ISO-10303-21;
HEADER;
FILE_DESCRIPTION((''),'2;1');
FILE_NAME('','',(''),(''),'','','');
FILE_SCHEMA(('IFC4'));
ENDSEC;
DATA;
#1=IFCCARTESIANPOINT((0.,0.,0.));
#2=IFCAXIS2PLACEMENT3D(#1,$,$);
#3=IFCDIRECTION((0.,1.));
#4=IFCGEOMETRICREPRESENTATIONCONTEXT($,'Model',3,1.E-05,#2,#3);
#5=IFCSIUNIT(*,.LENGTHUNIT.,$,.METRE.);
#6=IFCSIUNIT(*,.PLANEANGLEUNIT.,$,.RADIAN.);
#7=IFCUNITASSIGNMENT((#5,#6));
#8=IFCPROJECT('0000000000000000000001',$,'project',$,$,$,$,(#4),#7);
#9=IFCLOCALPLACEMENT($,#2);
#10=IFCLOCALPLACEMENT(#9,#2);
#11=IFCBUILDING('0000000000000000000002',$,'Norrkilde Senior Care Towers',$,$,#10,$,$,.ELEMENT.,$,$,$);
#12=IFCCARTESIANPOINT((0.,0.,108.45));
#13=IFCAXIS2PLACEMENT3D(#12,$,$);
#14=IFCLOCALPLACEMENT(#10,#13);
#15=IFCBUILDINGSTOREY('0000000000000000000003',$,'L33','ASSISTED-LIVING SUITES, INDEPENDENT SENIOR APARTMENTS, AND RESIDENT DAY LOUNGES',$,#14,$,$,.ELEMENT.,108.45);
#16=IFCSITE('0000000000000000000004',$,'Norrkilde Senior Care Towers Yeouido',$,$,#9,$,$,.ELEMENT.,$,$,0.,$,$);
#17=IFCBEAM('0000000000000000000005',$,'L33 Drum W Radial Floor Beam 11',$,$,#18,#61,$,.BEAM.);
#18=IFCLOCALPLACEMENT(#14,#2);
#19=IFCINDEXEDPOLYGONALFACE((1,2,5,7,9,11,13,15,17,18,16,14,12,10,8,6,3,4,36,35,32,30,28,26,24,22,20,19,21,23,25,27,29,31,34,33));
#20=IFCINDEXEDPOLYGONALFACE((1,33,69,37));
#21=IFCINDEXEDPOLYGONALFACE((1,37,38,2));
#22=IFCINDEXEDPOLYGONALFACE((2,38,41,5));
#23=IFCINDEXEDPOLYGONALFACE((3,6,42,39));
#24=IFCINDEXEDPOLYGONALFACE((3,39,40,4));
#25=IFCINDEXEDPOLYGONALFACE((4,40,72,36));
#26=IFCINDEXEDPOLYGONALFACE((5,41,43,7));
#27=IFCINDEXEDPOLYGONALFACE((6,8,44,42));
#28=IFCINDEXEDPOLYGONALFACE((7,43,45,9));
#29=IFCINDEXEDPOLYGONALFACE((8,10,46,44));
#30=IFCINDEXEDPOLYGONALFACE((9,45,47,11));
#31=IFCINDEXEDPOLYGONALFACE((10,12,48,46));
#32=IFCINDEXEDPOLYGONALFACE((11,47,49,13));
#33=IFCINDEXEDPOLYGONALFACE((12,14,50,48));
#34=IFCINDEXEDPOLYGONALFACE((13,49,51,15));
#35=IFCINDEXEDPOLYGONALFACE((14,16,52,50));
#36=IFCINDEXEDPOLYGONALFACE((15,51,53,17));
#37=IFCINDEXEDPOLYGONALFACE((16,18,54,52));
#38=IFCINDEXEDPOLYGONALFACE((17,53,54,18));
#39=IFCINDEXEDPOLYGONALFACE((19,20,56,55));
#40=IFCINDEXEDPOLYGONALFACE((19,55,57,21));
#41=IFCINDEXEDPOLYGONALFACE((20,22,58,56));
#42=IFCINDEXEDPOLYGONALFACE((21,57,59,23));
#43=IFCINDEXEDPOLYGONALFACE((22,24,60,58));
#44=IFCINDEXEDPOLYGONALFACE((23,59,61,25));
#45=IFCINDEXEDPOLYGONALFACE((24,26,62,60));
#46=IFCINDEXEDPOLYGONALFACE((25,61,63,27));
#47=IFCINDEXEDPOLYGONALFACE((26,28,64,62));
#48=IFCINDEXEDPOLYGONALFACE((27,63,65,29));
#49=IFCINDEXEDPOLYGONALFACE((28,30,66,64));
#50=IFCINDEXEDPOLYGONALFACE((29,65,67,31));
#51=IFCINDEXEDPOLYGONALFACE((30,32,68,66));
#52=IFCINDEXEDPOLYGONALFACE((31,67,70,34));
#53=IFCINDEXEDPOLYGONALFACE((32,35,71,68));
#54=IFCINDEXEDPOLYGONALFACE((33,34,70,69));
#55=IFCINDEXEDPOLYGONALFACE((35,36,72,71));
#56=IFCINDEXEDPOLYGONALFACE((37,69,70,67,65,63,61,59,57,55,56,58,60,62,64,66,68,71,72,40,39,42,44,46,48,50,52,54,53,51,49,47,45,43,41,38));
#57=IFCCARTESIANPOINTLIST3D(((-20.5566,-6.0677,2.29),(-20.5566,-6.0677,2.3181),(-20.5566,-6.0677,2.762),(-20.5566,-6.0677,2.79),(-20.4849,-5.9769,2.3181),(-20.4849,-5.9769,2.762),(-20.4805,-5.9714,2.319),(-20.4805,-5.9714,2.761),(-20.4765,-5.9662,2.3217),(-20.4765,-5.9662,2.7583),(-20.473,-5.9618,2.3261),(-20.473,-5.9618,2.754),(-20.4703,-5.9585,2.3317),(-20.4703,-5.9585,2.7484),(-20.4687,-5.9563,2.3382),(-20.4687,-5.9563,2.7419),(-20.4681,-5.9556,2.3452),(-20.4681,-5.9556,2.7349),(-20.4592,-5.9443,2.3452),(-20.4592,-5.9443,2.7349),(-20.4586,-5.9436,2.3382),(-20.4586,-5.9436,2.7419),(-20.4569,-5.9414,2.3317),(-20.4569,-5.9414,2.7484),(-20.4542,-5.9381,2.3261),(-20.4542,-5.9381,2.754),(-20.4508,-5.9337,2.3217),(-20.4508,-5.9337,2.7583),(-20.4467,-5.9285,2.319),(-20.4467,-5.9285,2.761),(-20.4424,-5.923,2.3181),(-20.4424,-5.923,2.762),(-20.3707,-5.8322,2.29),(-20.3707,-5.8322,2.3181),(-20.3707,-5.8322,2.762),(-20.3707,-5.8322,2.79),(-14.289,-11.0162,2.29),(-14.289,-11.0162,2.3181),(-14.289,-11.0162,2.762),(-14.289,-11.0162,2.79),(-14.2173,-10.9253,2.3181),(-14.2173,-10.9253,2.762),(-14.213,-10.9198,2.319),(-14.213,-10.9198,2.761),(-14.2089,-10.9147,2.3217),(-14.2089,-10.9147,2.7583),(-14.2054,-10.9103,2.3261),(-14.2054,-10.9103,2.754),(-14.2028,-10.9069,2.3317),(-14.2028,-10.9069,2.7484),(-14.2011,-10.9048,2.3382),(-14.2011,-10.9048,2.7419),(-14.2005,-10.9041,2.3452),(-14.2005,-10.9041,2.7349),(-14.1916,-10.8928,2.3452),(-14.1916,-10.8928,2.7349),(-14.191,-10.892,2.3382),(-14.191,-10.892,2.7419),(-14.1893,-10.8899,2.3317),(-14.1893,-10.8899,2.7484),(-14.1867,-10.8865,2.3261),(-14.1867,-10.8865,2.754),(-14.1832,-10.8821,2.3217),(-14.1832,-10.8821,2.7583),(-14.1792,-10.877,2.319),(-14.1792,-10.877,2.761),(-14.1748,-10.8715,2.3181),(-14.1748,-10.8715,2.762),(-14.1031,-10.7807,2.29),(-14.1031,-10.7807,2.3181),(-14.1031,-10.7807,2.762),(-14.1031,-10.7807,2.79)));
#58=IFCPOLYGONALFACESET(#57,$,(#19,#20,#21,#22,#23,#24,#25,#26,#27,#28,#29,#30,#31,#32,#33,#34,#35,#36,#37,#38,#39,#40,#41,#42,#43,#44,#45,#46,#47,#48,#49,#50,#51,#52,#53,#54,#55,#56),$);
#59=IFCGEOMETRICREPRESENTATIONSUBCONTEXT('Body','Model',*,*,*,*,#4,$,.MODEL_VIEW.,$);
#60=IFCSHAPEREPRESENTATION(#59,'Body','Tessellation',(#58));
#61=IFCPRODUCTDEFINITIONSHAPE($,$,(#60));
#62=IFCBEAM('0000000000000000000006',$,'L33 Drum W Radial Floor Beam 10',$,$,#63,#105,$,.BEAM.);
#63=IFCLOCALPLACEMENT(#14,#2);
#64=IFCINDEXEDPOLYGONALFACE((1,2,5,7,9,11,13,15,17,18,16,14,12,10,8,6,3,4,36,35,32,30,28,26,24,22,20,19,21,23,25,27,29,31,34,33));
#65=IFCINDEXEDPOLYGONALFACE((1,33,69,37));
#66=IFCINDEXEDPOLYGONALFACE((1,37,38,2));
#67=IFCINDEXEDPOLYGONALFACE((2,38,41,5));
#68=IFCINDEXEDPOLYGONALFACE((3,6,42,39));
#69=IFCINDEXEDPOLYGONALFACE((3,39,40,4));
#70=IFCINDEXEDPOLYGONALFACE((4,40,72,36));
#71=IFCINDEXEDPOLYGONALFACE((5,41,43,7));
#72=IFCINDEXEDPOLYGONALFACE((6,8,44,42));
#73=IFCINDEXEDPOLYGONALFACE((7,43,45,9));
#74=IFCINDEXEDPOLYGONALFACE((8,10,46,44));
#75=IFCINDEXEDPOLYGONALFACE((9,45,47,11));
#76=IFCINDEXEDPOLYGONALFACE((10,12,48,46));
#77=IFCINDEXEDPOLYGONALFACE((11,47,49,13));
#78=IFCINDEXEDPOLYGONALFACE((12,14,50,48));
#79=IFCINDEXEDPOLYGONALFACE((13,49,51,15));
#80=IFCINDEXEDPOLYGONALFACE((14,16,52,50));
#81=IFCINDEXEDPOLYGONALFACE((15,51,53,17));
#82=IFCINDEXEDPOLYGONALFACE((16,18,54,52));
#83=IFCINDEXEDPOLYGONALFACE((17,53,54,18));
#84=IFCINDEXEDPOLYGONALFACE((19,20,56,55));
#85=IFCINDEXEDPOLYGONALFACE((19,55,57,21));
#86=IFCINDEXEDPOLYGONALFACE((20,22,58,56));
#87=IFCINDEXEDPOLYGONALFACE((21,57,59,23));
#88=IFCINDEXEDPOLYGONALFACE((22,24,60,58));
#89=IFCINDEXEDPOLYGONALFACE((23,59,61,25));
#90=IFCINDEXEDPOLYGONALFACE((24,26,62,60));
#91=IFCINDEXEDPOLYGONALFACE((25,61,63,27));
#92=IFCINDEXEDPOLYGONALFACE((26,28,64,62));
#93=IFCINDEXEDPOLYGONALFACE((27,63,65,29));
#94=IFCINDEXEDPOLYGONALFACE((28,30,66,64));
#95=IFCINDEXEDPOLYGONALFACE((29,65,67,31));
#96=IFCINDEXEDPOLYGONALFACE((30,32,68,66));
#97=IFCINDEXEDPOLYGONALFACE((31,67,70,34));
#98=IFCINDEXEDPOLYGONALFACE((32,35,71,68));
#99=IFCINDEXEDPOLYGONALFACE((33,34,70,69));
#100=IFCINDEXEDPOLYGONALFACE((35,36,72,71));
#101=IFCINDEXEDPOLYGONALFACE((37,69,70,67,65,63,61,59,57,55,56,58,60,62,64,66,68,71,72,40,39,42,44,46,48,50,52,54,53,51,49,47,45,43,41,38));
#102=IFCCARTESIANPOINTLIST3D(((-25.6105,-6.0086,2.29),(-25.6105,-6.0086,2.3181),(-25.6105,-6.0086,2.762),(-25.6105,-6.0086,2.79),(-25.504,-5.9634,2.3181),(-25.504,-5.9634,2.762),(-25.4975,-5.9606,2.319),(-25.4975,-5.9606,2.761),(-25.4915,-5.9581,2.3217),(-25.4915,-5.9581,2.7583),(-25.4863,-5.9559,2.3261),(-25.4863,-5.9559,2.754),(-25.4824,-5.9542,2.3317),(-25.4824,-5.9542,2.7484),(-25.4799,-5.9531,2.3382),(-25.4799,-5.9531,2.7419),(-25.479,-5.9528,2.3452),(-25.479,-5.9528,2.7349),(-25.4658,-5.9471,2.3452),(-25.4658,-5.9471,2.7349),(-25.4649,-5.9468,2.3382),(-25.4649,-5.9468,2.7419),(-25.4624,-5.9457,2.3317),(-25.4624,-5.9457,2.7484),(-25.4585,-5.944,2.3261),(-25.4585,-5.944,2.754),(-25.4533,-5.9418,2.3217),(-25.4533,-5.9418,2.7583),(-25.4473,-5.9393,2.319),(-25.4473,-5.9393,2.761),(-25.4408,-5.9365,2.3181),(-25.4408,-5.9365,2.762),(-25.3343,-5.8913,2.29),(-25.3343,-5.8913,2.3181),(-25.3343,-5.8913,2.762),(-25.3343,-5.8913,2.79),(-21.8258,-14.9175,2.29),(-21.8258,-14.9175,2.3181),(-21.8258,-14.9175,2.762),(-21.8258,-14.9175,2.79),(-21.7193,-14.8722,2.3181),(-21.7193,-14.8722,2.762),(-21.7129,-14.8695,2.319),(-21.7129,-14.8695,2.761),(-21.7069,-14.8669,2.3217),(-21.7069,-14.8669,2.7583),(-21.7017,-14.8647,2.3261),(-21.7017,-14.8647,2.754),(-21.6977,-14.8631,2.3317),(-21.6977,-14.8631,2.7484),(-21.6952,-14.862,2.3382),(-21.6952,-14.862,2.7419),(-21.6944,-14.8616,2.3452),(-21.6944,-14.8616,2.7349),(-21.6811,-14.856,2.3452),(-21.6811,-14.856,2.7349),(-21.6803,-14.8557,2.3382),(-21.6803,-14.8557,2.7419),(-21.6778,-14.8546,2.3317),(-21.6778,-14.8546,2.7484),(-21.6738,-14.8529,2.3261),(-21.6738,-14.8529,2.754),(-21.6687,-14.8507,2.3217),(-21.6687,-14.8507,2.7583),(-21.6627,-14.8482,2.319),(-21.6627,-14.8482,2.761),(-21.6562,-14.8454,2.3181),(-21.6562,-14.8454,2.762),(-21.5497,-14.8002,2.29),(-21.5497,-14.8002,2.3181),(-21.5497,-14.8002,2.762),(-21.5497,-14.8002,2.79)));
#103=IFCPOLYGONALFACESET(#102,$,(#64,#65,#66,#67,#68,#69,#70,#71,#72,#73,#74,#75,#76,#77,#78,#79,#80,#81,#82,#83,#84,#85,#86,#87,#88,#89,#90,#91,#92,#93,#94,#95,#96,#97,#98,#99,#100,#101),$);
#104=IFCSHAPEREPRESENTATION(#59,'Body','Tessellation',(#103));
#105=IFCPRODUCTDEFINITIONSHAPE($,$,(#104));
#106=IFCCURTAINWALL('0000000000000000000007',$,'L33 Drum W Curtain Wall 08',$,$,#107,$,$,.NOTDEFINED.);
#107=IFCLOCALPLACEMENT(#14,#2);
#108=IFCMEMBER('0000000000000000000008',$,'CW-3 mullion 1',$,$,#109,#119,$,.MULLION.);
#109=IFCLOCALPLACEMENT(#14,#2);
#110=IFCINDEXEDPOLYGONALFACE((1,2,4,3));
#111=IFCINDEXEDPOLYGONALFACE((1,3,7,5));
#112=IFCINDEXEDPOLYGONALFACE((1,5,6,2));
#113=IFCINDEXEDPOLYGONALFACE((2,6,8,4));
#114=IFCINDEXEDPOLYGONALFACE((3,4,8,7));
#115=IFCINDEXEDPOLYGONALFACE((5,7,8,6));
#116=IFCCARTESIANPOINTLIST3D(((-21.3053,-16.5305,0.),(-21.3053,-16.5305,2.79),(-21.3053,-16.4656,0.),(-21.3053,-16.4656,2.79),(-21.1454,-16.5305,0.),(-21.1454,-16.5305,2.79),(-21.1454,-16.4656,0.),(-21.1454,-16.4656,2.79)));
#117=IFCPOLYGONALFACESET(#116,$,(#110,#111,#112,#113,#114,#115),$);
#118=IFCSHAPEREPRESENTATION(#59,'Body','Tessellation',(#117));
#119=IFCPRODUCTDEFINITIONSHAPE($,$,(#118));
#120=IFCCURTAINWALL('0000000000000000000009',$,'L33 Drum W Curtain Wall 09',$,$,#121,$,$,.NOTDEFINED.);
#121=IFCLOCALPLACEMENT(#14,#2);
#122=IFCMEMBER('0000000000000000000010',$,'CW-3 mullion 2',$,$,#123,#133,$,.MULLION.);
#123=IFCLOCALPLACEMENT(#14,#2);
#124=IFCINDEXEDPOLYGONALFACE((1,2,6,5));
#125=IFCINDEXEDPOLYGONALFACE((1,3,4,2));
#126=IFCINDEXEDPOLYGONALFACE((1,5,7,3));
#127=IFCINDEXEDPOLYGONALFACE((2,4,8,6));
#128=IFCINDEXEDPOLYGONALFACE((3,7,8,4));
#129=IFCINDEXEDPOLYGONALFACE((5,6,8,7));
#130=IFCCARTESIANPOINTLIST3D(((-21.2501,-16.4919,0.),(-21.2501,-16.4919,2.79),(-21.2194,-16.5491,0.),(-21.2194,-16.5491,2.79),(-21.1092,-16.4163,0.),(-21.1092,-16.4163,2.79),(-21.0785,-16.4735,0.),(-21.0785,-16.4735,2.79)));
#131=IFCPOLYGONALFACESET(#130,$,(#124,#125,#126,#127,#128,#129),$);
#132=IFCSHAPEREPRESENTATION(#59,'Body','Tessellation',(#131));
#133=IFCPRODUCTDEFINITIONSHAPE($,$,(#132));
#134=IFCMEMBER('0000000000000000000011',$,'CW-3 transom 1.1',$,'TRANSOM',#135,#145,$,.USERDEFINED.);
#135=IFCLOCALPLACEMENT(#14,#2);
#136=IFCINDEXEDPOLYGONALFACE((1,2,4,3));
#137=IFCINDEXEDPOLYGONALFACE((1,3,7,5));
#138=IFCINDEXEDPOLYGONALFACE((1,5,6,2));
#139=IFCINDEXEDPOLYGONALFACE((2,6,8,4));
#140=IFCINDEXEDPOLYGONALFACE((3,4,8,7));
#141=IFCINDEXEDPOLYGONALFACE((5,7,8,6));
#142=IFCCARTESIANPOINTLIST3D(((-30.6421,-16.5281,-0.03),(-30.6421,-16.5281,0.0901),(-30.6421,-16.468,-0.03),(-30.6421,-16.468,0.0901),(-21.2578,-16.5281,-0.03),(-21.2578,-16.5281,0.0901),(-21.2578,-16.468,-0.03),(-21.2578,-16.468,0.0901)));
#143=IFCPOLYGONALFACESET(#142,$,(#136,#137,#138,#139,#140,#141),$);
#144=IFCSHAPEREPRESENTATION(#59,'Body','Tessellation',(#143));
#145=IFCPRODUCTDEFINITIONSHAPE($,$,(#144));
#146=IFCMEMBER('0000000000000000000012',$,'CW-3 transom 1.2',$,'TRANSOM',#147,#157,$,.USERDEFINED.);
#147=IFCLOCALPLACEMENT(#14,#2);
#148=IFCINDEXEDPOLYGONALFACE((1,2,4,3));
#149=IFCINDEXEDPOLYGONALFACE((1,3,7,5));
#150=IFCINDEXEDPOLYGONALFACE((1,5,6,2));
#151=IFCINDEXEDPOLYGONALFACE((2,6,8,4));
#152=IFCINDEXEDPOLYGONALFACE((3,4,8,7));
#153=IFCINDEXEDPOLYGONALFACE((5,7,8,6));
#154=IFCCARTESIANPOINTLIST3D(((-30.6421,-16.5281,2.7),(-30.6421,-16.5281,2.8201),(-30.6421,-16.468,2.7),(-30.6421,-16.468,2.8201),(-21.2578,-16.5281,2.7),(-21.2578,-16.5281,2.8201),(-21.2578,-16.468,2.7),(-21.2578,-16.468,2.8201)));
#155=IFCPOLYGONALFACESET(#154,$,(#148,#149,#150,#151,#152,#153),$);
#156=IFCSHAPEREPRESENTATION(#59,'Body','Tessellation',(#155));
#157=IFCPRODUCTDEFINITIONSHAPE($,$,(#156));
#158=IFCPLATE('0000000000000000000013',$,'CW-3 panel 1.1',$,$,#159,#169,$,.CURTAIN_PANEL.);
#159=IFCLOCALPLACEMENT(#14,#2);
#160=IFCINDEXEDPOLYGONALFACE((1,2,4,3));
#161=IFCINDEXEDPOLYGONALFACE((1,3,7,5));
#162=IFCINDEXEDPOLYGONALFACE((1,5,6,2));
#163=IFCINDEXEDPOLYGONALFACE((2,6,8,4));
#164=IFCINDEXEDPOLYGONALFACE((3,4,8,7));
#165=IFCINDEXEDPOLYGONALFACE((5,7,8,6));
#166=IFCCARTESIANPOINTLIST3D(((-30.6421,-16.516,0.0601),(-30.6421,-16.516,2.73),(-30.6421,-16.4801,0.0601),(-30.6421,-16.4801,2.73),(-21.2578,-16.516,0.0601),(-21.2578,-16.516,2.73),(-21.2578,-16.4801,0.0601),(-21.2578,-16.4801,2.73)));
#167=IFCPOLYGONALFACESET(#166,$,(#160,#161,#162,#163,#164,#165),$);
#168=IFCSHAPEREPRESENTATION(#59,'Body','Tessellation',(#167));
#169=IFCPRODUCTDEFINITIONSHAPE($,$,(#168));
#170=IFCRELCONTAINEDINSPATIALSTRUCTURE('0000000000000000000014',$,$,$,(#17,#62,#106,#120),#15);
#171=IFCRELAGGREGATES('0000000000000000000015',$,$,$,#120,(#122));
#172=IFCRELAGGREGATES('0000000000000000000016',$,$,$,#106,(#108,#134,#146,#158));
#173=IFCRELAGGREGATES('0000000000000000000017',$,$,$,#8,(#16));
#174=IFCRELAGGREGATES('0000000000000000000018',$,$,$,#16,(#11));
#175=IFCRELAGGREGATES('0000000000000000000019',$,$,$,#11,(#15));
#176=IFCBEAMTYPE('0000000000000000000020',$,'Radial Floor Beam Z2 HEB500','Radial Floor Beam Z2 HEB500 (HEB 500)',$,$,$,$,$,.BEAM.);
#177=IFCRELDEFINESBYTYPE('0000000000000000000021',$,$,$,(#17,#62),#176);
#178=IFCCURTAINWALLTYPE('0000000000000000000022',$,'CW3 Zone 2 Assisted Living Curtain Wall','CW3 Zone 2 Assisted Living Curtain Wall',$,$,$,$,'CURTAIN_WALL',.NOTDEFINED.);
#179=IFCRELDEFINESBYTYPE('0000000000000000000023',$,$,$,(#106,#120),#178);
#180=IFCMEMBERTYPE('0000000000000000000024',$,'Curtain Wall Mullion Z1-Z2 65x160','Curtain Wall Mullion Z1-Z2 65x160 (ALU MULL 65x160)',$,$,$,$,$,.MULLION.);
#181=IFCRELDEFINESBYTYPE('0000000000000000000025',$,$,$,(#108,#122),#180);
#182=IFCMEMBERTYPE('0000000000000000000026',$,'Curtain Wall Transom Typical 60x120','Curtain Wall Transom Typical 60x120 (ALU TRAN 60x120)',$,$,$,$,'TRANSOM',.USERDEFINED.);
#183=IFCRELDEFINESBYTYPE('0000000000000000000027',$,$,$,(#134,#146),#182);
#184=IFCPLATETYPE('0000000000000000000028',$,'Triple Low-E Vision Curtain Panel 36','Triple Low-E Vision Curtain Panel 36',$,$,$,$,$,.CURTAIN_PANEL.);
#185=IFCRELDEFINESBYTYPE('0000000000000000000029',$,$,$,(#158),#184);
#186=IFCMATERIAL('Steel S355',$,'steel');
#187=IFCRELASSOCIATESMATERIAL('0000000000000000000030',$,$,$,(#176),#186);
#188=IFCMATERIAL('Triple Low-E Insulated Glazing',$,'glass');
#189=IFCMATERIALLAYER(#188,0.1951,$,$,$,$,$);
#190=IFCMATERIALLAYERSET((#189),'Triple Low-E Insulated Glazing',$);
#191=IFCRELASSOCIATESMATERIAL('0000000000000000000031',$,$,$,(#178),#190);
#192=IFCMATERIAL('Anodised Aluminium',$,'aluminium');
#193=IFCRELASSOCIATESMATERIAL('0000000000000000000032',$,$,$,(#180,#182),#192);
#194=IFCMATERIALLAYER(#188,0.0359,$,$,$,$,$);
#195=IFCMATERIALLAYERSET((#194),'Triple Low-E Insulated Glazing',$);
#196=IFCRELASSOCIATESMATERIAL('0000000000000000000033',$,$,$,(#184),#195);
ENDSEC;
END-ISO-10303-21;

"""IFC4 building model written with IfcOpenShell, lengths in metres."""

from ifc_helpers import new_model, si_unit, direction, frame, origin, origin_2d, place, context, subcontext, project, spatial, rectangle, i_section, extrude, source, transform, mapped, material, layer, layer_set, material_profile, profile_set, type_object, type_shapes, element, aggregate, save


model = new_model("IFC4")

# Units and contexts
model_context = context("Model", 3, precision=1e-05, world=origin(), true_north=direction((0.0, 1.0)))
body_context = subcontext(model_context, "Body", "Model", "MODEL_VIEW")
ifc_project = project(units=[si_unit("LENGTHUNIT", "METRE"), si_unit("PLANEANGLEUNIT", "RADIAN")], contexts=[model_context])

# Site, building, storey
site_placement = place(None, origin())
site = spatial("IfcSite", under=ifc_project, at=site_placement, Name="Norrkilde Senior Care Towers Yeouido", CompositionType="ELEMENT", RefElevation=0.0)
building_placement = place(site_placement, origin())
building = spatial("IfcBuilding", under=site, at=building_placement, Name="Norrkilde Senior Care Towers", CompositionType="ELEMENT")
storey_placement = place(building_placement, frame((0.0, 0.0, 108.45)))
storey = spatial("IfcBuildingStorey", under=building, at=storey_placement, Name="L33", Description="ASSISTED-LIVING SUITES, INDEPENDENT SENIOR APARTMENTS, AND RESIDENT DAY LOUNGES", CompositionType="ELEMENT", Elevation=108.45)

# Beams
ifc_material_1 = material(Name="Steel S355", Category="steel")
ifc_material_profile_1 = material_profile(ifc_material_1, i_section(OverallWidth=0.3, OverallDepth=0.5, WebThickness=0.0144, FlangeThickness=0.0281, FilletRadius=0.0271, at=origin_2d()), Name="HEB 500")
ifc_profile_set_1 = profile_set([ifc_material_profile_1], Name="Steel S355")
beam_type_1 = type_object("IfcBeamType", Name="Radial Floor Beam Z2 HEB500", Description="Radial Floor Beam Z2 HEB500 (HEB 500)", PredefinedType="BEAM", material=ifc_profile_set_1)
shared_shape_1 = source(origin(), body_context, "Body", "SweptSolid", [
    extrude(i_section(OverallWidth=0.3, OverallDepth=0.5, WebThickness=0.0144, FlangeThickness=0.0281, FilletRadius=0.0271, at=origin_2d()), origin(), (0.0, 0.0, 1.0), 7.9856),
])
beam_1_placement = place(storey_placement, frame((-20.4636, -5.95, 2.54), z_axis=(0.784859, -0.619675, 0.0), x_axis=(0.619675, 0.784859, 0.0)))
element("IfcBeam", 1, at=beam_1_placement, inside=storey, type_object=beam_type_1, Name="L33 Drum W Radial Floor Beam 11", PredefinedType="BEAM", context=body_context, shape_type="MappedRepresentation", body=[
    mapped(shared_shape_1, transform((0.0, 0.0, 0.0), x_axis=(1.0, 0.0, 0.0), y_axis=(0.0, 1.0, 0.0), z_axis=(0.0, 0.0, 1.0), scale=1.0)),
])
shared_shape_2 = source(origin(), body_context, "Body", "SweptSolid", [
    extrude(i_section(OverallWidth=0.3, OverallDepth=0.5, WebThickness=0.0144, FlangeThickness=0.0281, FilletRadius=0.0271, at=origin_2d()), origin(), (0.0, 0.0, 1.0), 9.6794),
])
beam_2_placement = place(storey_placement, frame((-25.4724, -5.95, 2.54), z_axis=(0.390998, -0.920392, 0.0), x_axis=(0.920392, 0.390998, 0.0)))
element("IfcBeam", 2, at=beam_2_placement, inside=storey, type_object=beam_type_1, Name="L33 Drum W Radial Floor Beam 10", PredefinedType="BEAM", context=body_context, shape_type="MappedRepresentation", body=[
    mapped(shared_shape_2, transform((0.0, 0.0, 0.0), x_axis=(1.0, 0.0, 0.0), y_axis=(0.0, 1.0, 0.0), z_axis=(0.0, 0.0, 1.0), scale=1.0)),
])

# Curtain walls, members
ifc_material_2 = material(Name="Triple Low-E Insulated Glazing", Category="glass")
ifc_layer_1 = layer(ifc_material_2, 0.1951)
ifc_layer_set_1 = layer_set([ifc_layer_1], Name="Triple Low-E Insulated Glazing")
curtain_wall_type = type_object("IfcCurtainWallType", Name="CW3 Zone 2 Assisted Living Curtain Wall", Description="CW3 Zone 2 Assisted Living Curtain Wall", ElementType="CURTAIN_WALL", PredefinedType="NOTDEFINED", material=ifc_layer_set_1)
curtain_wall_1_placement = place(storey_placement, origin())
curtain_wall_1 = element("IfcCurtainWall", 3, at=curtain_wall_1_placement, inside=storey, type_object=curtain_wall_type, Name="L33 Drum W Curtain Wall 08", PredefinedType="NOTDEFINED")
ifc_material_3 = material(Name="Anodised Aluminium", Category="aluminium")
ifc_material_profile_2 = material_profile(ifc_material_3, rectangle(XDim=0.0649, YDim=0.1599, at=origin_2d()), Name="ALU MULL 65x160")
ifc_profile_set_2 = profile_set([ifc_material_profile_2], Name="Anodised Aluminium")
member_type_1 = type_object("IfcMemberType", Name="Curtain Wall Mullion Z1-Z2 65x160", Description="Curtain Wall Mullion Z1-Z2 65x160 (ALU MULL 65x160)", PredefinedType="MULLION", material=ifc_profile_set_2)
shared_shape_3 = source(origin(), body_context, "Body", "SweptSolid", [
    extrude(rectangle(XDim=0.0649, YDim=0.1599, at=origin_2d()), origin(), (0.0, 0.0, 1.0), 2.79),
])
type_shapes(member_type_1, [shared_shape_3])
member_1_placement = place(storey_placement, frame((-21.2253, -16.498, 0.0), z_axis=(0.0, 0.0, 1.0), x_axis=(0.0, -1.0, 0.0)))
member_1 = element("IfcMember", 4, at=member_1_placement, type_object=member_type_1, Name="CW-3 mullion 1", PredefinedType="MULLION", context=body_context, shape_type="MappedRepresentation", body=[
    mapped(shared_shape_3, transform((0.0, 0.0, 0.0), x_axis=(1.0, 0.0, 0.0), y_axis=(0.0, 1.0, 0.0), z_axis=(0.0, 0.0, 1.0), scale=1.0)),
])
curtain_wall_2_placement = place(storey_placement, origin())
curtain_wall_2 = element("IfcCurtainWall", 5, at=curtain_wall_2_placement, inside=storey, type_object=curtain_wall_type, Name="L33 Drum W Curtain Wall 09", PredefinedType="NOTDEFINED")
member_2_placement = place(storey_placement, frame((-21.1643, -16.4827, 0.0), z_axis=(0.0, 0.0, 1.0), x_axis=(0.472769, -0.881186, 0.0)))
member_2 = element("IfcMember", 6, at=member_2_placement, type_object=member_type_1, Name="CW-3 mullion 2", PredefinedType="MULLION", context=body_context, shape_type="MappedRepresentation", body=[
    mapped(shared_shape_3, transform((0.0, 0.0, 0.0), x_axis=(1.0, 0.0, 0.0), y_axis=(0.0, 1.0, 0.0), z_axis=(0.0, 0.0, 1.0), scale=1.0)),
])
aggregate(curtain_wall_2, [member_2])

# Members
ifc_material_profile_3 = material_profile(ifc_material_3, rectangle(XDim=0.0601, YDim=0.1201, at=origin_2d()), Name="ALU TRAN 60x120")
ifc_profile_set_3 = profile_set([ifc_material_profile_3], Name="Anodised Aluminium")
member_type_2 = type_object("IfcMemberType", Name="Curtain Wall Transom Typical 60x120", Description="Curtain Wall Transom Typical 60x120 (ALU TRAN 60x120)", ElementType="TRANSOM", PredefinedType="USERDEFINED", material=ifc_profile_set_3)
shared_shape_4 = source(origin(), body_context, "Body", "SweptSolid", [
    extrude(rectangle(XDim=0.0601, YDim=0.1201, at=origin_2d()), origin(), (0.0, 0.0, 1.0), 9.3843),
])
type_shapes(member_type_2, [shared_shape_4])
member_3_placement = place(storey_placement, frame((-21.2578, -16.498, 0.03), z_axis=(-1.0, 0.0, 0.0), x_axis=(0.0, -1.0, 0.0)))
member_3 = element("IfcMember", 7, at=member_3_placement, type_object=member_type_2, Name="CW-3 transom 1.1", ObjectType="TRANSOM", PredefinedType="USERDEFINED", context=body_context, shape_type="MappedRepresentation", body=[
    mapped(shared_shape_4, transform((0.0, 0.0, 0.0), x_axis=(1.0, 0.0, 0.0), y_axis=(0.0, 1.0, 0.0), z_axis=(0.0, 0.0, 1.0), scale=1.0)),
])
member_4_placement = place(storey_placement, frame((-21.2578, -16.498, 2.76), z_axis=(-1.0, 0.0, 0.0), x_axis=(0.0, -1.0, 0.0)))
member_4 = element("IfcMember", 8, at=member_4_placement, type_object=member_type_2, Name="CW-3 transom 1.2", ObjectType="TRANSOM", PredefinedType="USERDEFINED", context=body_context, shape_type="MappedRepresentation", body=[
    mapped(shared_shape_4, transform((0.0, 0.0, 0.0), x_axis=(1.0, 0.0, 0.0), y_axis=(0.0, 1.0, 0.0), z_axis=(0.0, 0.0, 1.0), scale=1.0)),
])

# Plate
ifc_layer_2 = layer(ifc_material_2, 0.0359)
ifc_layer_set_2 = layer_set([ifc_layer_2], Name="Triple Low-E Insulated Glazing")
plate_type = type_object("IfcPlateType", Name="Triple Low-E Vision Curtain Panel 36", Description="Triple Low-E Vision Curtain Panel 36", PredefinedType="CURTAIN_PANEL", material=ifc_layer_set_2)
shared_shape_5 = source(origin(), body_context, "Body", "SweptSolid", [
    extrude(rectangle(XDim=9.3843, YDim=0.0359, at=origin_2d()), origin(), (0.0, 0.0, 1.0), 2.6699),
])
type_shapes(plate_type, [shared_shape_5])
plate_placement = place(storey_placement, frame((-25.95, -16.498, 0.0601), z_axis=(0.0, 0.0, 1.0), x_axis=(-1.0, 0.0, 0.0)))
plate = element("IfcPlate", 9, at=plate_placement, type_object=plate_type, Name="CW-3 panel 1.1", PredefinedType="CURTAIN_PANEL", context=body_context, shape_type="MappedRepresentation", body=[
    mapped(shared_shape_5, transform((0.0, 0.0, 0.0), x_axis=(1.0, 0.0, 0.0), y_axis=(0.0, 1.0, 0.0), z_axis=(0.0, 0.0, 1.0), scale=1.0)),
])
aggregate(curtain_wall_1, [member_1, member_3, member_4, plate])

save(model, "model.ifc")
